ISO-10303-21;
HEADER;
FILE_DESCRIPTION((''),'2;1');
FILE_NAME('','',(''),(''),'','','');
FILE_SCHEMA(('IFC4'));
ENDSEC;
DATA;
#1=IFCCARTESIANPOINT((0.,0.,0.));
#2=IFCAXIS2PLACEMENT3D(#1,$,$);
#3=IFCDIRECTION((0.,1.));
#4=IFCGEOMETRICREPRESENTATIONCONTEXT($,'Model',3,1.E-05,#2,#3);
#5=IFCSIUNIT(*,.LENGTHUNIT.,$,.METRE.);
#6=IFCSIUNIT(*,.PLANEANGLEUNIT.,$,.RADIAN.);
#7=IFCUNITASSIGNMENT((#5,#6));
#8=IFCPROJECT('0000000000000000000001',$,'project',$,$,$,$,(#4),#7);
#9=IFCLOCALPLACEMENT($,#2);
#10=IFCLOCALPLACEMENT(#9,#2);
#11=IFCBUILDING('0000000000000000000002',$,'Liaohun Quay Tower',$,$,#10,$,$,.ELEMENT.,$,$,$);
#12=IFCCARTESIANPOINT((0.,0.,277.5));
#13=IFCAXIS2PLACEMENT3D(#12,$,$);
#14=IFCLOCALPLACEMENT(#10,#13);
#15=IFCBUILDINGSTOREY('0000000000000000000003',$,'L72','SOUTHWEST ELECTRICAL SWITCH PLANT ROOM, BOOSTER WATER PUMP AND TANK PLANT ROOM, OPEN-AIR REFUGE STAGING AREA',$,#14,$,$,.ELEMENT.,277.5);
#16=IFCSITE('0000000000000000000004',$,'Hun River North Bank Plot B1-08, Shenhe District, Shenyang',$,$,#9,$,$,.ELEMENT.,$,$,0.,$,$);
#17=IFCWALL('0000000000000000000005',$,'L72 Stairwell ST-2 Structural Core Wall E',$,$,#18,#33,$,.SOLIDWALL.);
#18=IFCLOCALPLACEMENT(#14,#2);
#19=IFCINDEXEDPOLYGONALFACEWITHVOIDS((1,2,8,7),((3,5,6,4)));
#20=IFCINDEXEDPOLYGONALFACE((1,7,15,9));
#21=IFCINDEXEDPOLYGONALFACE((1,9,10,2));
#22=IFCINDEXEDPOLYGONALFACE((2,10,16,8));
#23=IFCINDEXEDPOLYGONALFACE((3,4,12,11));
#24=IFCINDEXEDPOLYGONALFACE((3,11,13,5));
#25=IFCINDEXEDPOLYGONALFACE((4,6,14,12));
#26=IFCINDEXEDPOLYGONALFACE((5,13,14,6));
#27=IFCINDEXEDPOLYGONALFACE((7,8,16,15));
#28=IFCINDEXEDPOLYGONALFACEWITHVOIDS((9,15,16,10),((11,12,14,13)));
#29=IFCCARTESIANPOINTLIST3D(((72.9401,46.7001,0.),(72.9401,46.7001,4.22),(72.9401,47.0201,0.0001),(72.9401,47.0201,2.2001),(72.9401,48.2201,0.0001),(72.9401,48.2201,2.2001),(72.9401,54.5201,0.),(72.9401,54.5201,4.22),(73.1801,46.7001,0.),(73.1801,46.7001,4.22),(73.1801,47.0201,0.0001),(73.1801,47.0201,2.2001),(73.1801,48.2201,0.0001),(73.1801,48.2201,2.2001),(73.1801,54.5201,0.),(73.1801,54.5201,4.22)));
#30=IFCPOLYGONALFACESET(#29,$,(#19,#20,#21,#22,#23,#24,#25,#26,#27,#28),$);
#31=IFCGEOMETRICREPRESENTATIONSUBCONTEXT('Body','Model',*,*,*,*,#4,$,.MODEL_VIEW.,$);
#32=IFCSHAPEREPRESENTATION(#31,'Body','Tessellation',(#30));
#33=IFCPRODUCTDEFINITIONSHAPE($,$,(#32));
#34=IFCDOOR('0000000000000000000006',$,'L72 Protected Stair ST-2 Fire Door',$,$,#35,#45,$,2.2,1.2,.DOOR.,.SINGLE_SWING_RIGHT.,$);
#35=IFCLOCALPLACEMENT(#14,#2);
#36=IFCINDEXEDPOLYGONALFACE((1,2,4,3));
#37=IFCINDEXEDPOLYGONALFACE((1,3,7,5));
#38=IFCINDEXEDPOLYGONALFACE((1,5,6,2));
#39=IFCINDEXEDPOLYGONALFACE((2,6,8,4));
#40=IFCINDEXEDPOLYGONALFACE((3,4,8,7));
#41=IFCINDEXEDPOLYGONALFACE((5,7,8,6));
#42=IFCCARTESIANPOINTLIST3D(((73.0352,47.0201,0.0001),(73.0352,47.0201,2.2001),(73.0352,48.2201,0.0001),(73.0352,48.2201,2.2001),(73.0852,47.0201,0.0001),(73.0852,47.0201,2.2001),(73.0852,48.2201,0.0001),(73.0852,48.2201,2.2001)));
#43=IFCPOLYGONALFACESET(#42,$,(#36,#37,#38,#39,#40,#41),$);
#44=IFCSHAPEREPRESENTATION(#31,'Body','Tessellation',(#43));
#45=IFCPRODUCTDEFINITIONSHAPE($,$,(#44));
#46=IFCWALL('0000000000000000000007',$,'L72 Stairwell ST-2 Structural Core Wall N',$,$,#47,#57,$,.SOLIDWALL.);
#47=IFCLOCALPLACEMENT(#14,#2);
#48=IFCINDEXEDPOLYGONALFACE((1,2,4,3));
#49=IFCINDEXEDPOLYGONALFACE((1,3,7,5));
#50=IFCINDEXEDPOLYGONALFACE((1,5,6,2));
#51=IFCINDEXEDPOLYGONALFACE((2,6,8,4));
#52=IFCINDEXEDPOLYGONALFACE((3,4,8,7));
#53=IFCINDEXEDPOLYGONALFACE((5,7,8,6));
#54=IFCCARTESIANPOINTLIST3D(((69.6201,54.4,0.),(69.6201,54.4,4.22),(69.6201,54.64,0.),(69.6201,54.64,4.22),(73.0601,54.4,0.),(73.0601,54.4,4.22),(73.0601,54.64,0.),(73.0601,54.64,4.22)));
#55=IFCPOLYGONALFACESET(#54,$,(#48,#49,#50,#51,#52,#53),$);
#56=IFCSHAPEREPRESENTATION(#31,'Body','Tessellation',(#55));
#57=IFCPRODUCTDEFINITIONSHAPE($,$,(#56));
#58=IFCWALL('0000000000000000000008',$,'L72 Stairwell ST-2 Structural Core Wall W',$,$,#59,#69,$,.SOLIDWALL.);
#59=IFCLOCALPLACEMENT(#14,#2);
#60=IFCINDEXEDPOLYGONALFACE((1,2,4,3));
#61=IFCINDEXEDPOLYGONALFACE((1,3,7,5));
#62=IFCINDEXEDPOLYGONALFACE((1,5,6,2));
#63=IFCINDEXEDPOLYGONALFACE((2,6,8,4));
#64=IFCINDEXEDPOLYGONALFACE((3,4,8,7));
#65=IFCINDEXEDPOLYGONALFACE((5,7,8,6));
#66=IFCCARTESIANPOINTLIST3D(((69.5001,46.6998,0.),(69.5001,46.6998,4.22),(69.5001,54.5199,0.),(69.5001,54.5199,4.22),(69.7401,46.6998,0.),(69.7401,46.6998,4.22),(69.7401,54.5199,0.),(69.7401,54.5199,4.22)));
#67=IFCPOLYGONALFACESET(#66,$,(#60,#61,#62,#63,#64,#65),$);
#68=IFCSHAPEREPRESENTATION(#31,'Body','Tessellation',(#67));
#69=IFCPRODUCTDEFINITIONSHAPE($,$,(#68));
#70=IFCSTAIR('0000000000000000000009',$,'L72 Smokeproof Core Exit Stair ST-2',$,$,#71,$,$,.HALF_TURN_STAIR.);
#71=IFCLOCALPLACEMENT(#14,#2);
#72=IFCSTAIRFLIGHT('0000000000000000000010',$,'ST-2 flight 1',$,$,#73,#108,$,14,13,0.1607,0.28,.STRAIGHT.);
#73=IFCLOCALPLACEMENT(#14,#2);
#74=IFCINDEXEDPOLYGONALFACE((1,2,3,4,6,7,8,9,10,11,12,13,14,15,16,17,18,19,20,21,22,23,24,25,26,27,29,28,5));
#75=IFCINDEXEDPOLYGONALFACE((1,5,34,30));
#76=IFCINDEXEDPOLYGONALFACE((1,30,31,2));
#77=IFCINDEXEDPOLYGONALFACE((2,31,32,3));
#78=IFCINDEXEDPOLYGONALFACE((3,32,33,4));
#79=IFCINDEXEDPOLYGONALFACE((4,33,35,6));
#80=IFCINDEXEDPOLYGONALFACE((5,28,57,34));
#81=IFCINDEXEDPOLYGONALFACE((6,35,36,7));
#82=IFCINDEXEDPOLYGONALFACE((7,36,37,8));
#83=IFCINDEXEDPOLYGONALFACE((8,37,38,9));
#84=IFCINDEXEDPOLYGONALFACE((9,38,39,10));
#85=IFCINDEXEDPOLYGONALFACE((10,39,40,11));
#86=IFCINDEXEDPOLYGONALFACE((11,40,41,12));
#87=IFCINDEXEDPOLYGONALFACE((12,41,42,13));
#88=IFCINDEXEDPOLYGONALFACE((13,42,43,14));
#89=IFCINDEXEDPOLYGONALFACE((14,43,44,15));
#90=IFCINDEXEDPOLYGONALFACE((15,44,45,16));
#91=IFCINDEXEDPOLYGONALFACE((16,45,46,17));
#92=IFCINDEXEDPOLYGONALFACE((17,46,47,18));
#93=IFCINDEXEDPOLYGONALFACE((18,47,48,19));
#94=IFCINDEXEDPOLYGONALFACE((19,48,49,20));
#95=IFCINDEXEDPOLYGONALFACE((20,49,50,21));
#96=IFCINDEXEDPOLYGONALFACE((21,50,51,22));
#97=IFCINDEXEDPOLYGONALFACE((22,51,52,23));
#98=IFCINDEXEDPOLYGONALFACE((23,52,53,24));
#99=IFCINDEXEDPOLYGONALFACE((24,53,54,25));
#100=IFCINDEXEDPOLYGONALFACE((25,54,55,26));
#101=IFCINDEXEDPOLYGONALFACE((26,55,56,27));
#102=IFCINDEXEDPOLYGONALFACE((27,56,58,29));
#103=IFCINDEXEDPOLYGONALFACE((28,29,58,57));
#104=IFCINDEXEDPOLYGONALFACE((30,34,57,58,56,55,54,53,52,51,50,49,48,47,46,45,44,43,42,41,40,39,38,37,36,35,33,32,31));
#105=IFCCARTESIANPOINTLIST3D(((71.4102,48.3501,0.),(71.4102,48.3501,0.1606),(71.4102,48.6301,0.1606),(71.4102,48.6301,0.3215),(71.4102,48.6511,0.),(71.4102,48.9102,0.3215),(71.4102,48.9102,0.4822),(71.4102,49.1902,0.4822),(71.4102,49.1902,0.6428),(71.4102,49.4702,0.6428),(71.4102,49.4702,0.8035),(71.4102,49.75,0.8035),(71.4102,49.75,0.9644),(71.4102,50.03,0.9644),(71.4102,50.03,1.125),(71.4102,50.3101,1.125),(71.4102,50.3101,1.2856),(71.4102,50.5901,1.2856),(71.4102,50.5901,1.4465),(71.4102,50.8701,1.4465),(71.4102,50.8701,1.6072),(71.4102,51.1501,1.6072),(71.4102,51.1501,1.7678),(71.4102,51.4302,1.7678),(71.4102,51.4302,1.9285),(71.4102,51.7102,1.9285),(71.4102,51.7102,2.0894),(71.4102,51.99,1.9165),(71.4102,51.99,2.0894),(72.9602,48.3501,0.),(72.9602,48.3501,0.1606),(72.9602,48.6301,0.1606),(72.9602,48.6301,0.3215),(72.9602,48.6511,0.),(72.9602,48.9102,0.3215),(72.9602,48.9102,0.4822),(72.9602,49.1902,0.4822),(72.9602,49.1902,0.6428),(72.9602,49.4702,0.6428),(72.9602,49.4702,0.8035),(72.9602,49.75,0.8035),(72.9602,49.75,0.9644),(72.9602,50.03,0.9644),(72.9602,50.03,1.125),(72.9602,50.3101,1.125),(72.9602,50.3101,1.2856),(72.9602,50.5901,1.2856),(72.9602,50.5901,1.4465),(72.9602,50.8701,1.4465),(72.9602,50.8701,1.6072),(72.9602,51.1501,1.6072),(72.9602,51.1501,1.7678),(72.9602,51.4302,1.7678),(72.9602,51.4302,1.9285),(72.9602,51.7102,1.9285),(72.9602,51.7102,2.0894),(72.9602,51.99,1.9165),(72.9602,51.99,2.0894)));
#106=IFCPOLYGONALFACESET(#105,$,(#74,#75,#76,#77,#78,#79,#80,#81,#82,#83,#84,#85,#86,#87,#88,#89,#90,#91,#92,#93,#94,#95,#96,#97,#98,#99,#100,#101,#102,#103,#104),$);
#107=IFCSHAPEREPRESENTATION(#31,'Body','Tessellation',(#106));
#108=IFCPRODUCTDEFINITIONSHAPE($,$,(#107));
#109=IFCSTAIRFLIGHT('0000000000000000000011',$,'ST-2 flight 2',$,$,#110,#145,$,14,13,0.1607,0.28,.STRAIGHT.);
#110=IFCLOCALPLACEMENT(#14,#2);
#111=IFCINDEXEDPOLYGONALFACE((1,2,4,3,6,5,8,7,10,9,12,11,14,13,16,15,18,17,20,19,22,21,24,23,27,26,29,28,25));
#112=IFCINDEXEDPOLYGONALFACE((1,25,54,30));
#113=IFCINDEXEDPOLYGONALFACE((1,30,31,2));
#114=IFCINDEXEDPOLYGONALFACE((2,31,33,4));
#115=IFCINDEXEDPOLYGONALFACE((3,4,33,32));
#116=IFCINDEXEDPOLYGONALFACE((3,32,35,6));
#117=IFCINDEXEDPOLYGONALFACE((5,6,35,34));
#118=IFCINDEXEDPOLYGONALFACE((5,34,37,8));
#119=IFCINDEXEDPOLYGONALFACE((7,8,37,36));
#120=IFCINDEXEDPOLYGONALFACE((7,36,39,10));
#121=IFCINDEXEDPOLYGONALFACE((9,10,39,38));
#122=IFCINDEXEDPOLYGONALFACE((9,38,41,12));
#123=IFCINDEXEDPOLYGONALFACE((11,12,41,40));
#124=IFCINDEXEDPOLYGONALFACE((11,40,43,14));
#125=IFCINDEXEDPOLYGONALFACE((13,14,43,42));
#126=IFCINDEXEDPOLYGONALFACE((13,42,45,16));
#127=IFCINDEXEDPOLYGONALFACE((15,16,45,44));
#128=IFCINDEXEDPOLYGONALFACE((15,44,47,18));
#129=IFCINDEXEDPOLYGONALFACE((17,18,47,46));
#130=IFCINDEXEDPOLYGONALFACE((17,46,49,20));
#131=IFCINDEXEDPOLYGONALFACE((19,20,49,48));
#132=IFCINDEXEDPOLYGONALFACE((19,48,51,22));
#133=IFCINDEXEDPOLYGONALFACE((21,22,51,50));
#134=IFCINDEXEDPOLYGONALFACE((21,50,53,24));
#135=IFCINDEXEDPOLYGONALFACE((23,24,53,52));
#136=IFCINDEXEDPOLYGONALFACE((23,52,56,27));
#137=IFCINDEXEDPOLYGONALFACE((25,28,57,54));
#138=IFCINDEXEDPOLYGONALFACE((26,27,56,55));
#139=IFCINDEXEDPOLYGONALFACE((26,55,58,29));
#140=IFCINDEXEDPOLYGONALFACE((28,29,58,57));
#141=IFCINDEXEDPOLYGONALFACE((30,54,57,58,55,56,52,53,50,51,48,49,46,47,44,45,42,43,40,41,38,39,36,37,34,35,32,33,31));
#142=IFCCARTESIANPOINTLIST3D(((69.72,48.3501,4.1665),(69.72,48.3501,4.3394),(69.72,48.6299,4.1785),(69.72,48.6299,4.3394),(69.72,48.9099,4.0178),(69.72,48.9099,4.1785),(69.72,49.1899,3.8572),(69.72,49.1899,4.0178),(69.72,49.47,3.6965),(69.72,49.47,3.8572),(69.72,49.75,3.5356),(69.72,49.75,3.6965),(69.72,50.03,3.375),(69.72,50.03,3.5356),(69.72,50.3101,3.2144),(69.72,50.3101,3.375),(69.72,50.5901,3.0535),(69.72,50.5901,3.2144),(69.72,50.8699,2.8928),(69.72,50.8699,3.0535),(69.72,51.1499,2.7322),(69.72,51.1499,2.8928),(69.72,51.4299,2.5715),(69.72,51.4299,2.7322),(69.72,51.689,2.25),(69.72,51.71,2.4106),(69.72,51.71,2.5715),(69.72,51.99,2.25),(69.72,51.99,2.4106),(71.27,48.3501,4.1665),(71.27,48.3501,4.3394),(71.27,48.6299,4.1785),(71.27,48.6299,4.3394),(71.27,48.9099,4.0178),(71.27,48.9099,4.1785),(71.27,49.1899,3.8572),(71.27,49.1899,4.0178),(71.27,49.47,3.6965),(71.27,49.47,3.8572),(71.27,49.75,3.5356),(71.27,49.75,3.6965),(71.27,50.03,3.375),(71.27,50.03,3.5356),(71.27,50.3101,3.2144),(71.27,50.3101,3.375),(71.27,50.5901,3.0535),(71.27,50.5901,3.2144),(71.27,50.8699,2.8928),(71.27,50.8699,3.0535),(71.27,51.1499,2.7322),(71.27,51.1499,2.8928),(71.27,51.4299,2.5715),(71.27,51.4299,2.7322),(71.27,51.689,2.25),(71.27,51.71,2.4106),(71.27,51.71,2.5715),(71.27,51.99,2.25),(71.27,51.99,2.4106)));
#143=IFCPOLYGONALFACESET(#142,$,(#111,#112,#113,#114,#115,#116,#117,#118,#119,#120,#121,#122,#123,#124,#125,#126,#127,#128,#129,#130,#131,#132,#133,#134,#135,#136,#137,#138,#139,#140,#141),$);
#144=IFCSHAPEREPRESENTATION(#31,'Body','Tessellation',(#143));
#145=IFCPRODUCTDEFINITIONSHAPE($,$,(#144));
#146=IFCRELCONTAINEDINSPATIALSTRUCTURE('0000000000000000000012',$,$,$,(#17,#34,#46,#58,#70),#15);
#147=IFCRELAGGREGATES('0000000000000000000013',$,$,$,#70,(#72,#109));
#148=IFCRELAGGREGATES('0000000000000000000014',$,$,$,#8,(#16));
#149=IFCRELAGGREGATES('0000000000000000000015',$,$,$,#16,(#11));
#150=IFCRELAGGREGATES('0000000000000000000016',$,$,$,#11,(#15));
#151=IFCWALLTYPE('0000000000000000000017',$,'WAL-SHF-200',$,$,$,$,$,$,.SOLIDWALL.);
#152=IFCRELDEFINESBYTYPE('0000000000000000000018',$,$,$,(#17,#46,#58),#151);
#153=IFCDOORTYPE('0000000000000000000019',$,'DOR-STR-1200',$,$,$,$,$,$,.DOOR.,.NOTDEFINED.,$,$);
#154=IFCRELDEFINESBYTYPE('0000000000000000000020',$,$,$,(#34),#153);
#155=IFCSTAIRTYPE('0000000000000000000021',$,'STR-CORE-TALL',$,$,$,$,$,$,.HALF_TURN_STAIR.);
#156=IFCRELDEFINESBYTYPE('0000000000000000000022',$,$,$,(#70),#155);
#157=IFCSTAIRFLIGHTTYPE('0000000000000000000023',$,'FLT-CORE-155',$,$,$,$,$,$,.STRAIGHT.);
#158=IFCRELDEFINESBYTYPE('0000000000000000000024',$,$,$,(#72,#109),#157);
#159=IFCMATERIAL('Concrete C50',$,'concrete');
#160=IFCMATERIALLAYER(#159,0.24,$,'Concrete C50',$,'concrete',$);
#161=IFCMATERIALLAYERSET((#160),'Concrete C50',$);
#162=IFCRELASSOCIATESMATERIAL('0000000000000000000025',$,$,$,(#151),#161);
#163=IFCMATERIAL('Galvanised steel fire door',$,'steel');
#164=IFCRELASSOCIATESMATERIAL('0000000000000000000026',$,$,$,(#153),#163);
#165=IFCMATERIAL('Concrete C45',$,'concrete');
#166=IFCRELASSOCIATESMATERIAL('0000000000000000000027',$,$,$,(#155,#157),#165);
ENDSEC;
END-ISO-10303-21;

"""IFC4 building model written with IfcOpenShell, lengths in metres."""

from ifc_helpers import new_model, si_unit, direction, frame, frame_2d, origin, place, context, subcontext, project, spatial, polyline, rectangle, outline, extrude, source, transform, mapped, material, layer, layer_set, type_object, element, fill, aggregate, save


model = new_model("IFC4")

# Units and contexts
model_context = context("Model", 3, precision=1e-05, world=origin(), true_north=direction((0.0, 1.0)))
body_context = subcontext(model_context, "Body", "Model", "MODEL_VIEW")
ifc_project = project(units=[si_unit("LENGTHUNIT", "METRE"), si_unit("PLANEANGLEUNIT", "RADIAN")], contexts=[model_context])

# Site, building, storey
site_placement = place(None, origin())
site = spatial("IfcSite", under=ifc_project, at=site_placement, Name="Hun River North Bank Plot B1-08, Shenhe District, Shenyang", CompositionType="ELEMENT", RefElevation=0.0)
building_placement = place(site_placement, origin())
building = spatial("IfcBuilding", under=site, at=building_placement, Name="Liaohun Quay Tower", CompositionType="ELEMENT")
storey_placement = place(building_placement, frame((0.0, 0.0, 277.5)))
storey = spatial("IfcBuildingStorey", under=building, at=storey_placement, Name="L72", Description="SOUTHWEST ELECTRICAL SWITCH PLANT ROOM, BOOSTER WATER PUMP AND TANK PLANT ROOM, OPEN-AIR REFUGE STAGING AREA", CompositionType="ELEMENT", Elevation=277.5)

# Shared definitions
ifc_material_1 = material(Name="Concrete C50", Category="concrete")
ifc_layer_1 = layer(ifc_material_1, 0.24, Name="Concrete C50", Category="concrete")
ifc_layer_set_1 = layer_set([ifc_layer_1], Name="Concrete C50")
wall_type_1 = type_object("IfcWallType", Name="WAL-SHF-200", PredefinedType="SOLIDWALL", material=ifc_layer_set_1)

# Wall, opening, door
wall_1_placement = place(storey_placement, frame((73.0601, 46.7, 0.0), z_axis=(0.0, 0.0, 1.0), x_axis=(0.0, 1.0, 0.0)))
wall_1 = element("IfcWall", 1, at=wall_1_placement, inside=storey, type_object=wall_type_1, Name="L72 Stairwell ST-2 Structural Core Wall E", PredefinedType="SOLIDWALL", context=body_context, shape_type="SweptSolid", body=[
    extrude(rectangle(XDim=7.8201, YDim=0.24, at=frame_2d((3.9102, 0.0))), origin(), (0.0, 0.0, 1.0), 4.22),
])
shared_shape_1 = source(origin(), body_context, "Body", "SweptSolid", [
    extrude(rectangle(XDim=1.2, YDim=2.2, at=frame_2d((0.6001, 1.1001))), frame((0.0, 0.1299, 0.0), z_axis=(0.0, -1.0, 0.0), x_axis=(1.0, 0.0, 0.0)), (0.0, 0.0, 1.0), 0.26),
])
opening_1_placement = place(wall_1_placement, frame((0.3201, 0.0, 0.0)))
opening_1 = element("IfcOpeningElement", 2, at=opening_1_placement, cuts=wall_1, PredefinedType="OPENING", context=body_context, shape_type="MappedRepresentation", body=[
    mapped(shared_shape_1, transform((0.0, 0.0, 0.0), x_axis=(1.0, 0.0, 0.0), y_axis=(0.0, 1.0, 0.0), z_axis=(0.0, 0.0, 1.0), scale=1.0)),
])
ifc_material_2 = material(Name="Galvanised steel fire door", Category="steel")
door_type_1 = type_object("IfcDoorType", Name="DOR-STR-1200", OperationType="NOTDEFINED", PredefinedType="DOOR", material=ifc_material_2)
shared_shape_2 = source(origin(), body_context, "Body", "SweptSolid", [
    extrude(rectangle(XDim=1.2, YDim=2.2, at=frame_2d((0.6001, 1.1001))), frame((0.0, 0.0249, 0.0), z_axis=(0.0, -1.0, 0.0), x_axis=(1.0, 0.0, 0.0)), (0.0, 0.0, 1.0), 0.05),
])
door_1_placement = place(opening_1_placement, origin())
door_1 = element("IfcDoor", 3, at=door_1_placement, inside=storey, type_object=door_type_1, Name="L72 Protected Stair ST-2 Fire Door", OperationType="SINGLE_SWING_RIGHT", OverallHeight=2.2, OverallWidth=1.2, PredefinedType="DOOR", context=body_context, shape_type="MappedRepresentation", body=[
    mapped(shared_shape_2, transform((0.0, 0.0, 0.0), x_axis=(1.0, 0.0, 0.0), y_axis=(0.0, 1.0, 0.0), z_axis=(0.0, 0.0, 1.0), scale=1.0)),
])
fill(opening_1, door_1)

# Walls
wall_2_placement = place(storey_placement, frame((73.0601, 54.52, 0.0), z_axis=(0.0, 0.0, 1.0), x_axis=(-1.0, 0.0, 0.0)))
element("IfcWall", 4, at=wall_2_placement, inside=storey, type_object=wall_type_1, Name="L72 Stairwell ST-2 Structural Core Wall N", PredefinedType="SOLIDWALL", context=body_context, shape_type="SweptSolid", body=[
    extrude(rectangle(XDim=3.4399, YDim=0.24, at=frame_2d((1.72, 0.0))), origin(), (0.0, 0.0, 1.0), 4.22),
])
wall_3_placement = place(storey_placement, frame((69.6201, 54.52, 0.0), z_axis=(0.0, 0.0, 1.0), x_axis=(0.0, -1.0, 0.0)))
element("IfcWall", 5, at=wall_3_placement, inside=storey, type_object=wall_type_1, Name="L72 Stairwell ST-2 Structural Core Wall W", PredefinedType="SOLIDWALL", context=body_context, shape_type="SweptSolid", body=[
    extrude(rectangle(XDim=7.8201, YDim=0.24, at=frame_2d((3.9102, 0.0))), origin(), (0.0, 0.0, 1.0), 4.22),
])

# Stair, stair flights
ifc_material_3 = material(Name="Concrete C45", Category="concrete")
stair_type = type_object("IfcStairType", Name="STR-CORE-TALL", PredefinedType="HALF_TURN_STAIR", material=ifc_material_3)
stair_placement = place(storey_placement, origin())
stair = element("IfcStair", 6, at=stair_placement, inside=storey, type_object=stair_type, Name="L72 Smokeproof Core Exit Stair ST-2", PredefinedType="HALF_TURN_STAIR")
stair_flight_type = type_object("IfcStairFlightType", Name="FLT-CORE-155", PredefinedType="STRAIGHT", material=ifc_material_3)
stair_flight_1_placement = place(storey_placement, frame((72.1851, 48.3501, 0.0), z_axis=(0.0, 0.0, 1.0), x_axis=(0.0, 1.0, 0.0)))
stair_flight_1 = element("IfcStairFlight", 7, at=stair_flight_1_placement, type_object=stair_flight_type, Name="ST-2 flight 1", NumberOfRisers=14, NumberOfTreads=13, PredefinedType="STRAIGHT", RiserHeight=0.1607, TreadLength=0.28, context=body_context, shape_type="SweptSolid", body=[
    extrude(outline(polyline([(0.0, 0.0), (0.0, 0.1606), (0.28, 0.1606), (0.28, 0.3215), (0.5601, 0.3215), (0.5601, 0.4822), (0.8401, 0.4822), (0.8401, 0.6428), (1.1201, 0.6428), (1.1201, 0.8035), (1.3999, 0.8035), (1.3999, 0.9644), (1.6799, 0.9644), (1.6799, 1.125), (1.96, 1.125), (1.96, 1.2856), (2.24, 1.2856), (2.24, 1.4465), (2.52, 1.4465), (2.52, 1.6072), (2.8, 1.6072), (2.8, 1.7678), (3.0801, 1.7678), (3.0801, 1.9285), (3.3601, 1.9285), (3.3601, 2.0894), (3.6399, 2.0894), (3.6399, 2.25), (3.6399, 1.9165), (0.301, 0.0), (0.0, 0.0)])), frame((0.0, 0.7749, 0.0), z_axis=(0.0, -1.0, 0.0), x_axis=(1.0, 0.0, 0.0)), (0.0, 0.0, 1.0), 1.55),
])
stair_flight_2_placement = place(storey_placement, frame((70.4951, 51.99, 2.25), z_axis=(0.0, 0.0, 1.0), x_axis=(0.0, -1.0, 0.0)))
stair_flight_2 = element("IfcStairFlight", 8, at=stair_flight_2_placement, type_object=stair_flight_type, Name="ST-2 flight 2", NumberOfRisers=14, NumberOfTreads=13, PredefinedType="STRAIGHT", RiserHeight=0.1607, TreadLength=0.28, context=body_context, shape_type="SweptSolid", body=[
    extrude(outline(polyline([(0.0, 0.0), (0.0, 0.1606), (0.28, 0.1606), (0.28, 0.3215), (0.5601, 0.3215), (0.5601, 0.4822), (0.8401, 0.4822), (0.8401, 0.6428), (1.1201, 0.6428), (1.1201, 0.8035), (1.3999, 0.8035), (1.3999, 0.9644), (1.6799, 0.9644), (1.6799, 1.125), (1.96, 1.125), (1.96, 1.2856), (2.24, 1.2856), (2.24, 1.4465), (2.52, 1.4465), (2.52, 1.6072), (2.8, 1.6072), (2.8, 1.7678), (3.0801, 1.7678), (3.0801, 1.9285), (3.3601, 1.9285), (3.3601, 2.0894), (3.6399, 2.0894), (3.6399, 2.25), (3.6399, 1.9165), (0.301, 0.0), (0.0, 0.0)])), frame((0.0, 0.7749, 0.0), z_axis=(0.0, -1.0, 0.0), x_axis=(1.0, 0.0, 0.0)), (0.0, 0.0, 1.0), 1.55),
])
aggregate(stair, [stair_flight_1, stair_flight_2])

save(model, "model.ifc")
